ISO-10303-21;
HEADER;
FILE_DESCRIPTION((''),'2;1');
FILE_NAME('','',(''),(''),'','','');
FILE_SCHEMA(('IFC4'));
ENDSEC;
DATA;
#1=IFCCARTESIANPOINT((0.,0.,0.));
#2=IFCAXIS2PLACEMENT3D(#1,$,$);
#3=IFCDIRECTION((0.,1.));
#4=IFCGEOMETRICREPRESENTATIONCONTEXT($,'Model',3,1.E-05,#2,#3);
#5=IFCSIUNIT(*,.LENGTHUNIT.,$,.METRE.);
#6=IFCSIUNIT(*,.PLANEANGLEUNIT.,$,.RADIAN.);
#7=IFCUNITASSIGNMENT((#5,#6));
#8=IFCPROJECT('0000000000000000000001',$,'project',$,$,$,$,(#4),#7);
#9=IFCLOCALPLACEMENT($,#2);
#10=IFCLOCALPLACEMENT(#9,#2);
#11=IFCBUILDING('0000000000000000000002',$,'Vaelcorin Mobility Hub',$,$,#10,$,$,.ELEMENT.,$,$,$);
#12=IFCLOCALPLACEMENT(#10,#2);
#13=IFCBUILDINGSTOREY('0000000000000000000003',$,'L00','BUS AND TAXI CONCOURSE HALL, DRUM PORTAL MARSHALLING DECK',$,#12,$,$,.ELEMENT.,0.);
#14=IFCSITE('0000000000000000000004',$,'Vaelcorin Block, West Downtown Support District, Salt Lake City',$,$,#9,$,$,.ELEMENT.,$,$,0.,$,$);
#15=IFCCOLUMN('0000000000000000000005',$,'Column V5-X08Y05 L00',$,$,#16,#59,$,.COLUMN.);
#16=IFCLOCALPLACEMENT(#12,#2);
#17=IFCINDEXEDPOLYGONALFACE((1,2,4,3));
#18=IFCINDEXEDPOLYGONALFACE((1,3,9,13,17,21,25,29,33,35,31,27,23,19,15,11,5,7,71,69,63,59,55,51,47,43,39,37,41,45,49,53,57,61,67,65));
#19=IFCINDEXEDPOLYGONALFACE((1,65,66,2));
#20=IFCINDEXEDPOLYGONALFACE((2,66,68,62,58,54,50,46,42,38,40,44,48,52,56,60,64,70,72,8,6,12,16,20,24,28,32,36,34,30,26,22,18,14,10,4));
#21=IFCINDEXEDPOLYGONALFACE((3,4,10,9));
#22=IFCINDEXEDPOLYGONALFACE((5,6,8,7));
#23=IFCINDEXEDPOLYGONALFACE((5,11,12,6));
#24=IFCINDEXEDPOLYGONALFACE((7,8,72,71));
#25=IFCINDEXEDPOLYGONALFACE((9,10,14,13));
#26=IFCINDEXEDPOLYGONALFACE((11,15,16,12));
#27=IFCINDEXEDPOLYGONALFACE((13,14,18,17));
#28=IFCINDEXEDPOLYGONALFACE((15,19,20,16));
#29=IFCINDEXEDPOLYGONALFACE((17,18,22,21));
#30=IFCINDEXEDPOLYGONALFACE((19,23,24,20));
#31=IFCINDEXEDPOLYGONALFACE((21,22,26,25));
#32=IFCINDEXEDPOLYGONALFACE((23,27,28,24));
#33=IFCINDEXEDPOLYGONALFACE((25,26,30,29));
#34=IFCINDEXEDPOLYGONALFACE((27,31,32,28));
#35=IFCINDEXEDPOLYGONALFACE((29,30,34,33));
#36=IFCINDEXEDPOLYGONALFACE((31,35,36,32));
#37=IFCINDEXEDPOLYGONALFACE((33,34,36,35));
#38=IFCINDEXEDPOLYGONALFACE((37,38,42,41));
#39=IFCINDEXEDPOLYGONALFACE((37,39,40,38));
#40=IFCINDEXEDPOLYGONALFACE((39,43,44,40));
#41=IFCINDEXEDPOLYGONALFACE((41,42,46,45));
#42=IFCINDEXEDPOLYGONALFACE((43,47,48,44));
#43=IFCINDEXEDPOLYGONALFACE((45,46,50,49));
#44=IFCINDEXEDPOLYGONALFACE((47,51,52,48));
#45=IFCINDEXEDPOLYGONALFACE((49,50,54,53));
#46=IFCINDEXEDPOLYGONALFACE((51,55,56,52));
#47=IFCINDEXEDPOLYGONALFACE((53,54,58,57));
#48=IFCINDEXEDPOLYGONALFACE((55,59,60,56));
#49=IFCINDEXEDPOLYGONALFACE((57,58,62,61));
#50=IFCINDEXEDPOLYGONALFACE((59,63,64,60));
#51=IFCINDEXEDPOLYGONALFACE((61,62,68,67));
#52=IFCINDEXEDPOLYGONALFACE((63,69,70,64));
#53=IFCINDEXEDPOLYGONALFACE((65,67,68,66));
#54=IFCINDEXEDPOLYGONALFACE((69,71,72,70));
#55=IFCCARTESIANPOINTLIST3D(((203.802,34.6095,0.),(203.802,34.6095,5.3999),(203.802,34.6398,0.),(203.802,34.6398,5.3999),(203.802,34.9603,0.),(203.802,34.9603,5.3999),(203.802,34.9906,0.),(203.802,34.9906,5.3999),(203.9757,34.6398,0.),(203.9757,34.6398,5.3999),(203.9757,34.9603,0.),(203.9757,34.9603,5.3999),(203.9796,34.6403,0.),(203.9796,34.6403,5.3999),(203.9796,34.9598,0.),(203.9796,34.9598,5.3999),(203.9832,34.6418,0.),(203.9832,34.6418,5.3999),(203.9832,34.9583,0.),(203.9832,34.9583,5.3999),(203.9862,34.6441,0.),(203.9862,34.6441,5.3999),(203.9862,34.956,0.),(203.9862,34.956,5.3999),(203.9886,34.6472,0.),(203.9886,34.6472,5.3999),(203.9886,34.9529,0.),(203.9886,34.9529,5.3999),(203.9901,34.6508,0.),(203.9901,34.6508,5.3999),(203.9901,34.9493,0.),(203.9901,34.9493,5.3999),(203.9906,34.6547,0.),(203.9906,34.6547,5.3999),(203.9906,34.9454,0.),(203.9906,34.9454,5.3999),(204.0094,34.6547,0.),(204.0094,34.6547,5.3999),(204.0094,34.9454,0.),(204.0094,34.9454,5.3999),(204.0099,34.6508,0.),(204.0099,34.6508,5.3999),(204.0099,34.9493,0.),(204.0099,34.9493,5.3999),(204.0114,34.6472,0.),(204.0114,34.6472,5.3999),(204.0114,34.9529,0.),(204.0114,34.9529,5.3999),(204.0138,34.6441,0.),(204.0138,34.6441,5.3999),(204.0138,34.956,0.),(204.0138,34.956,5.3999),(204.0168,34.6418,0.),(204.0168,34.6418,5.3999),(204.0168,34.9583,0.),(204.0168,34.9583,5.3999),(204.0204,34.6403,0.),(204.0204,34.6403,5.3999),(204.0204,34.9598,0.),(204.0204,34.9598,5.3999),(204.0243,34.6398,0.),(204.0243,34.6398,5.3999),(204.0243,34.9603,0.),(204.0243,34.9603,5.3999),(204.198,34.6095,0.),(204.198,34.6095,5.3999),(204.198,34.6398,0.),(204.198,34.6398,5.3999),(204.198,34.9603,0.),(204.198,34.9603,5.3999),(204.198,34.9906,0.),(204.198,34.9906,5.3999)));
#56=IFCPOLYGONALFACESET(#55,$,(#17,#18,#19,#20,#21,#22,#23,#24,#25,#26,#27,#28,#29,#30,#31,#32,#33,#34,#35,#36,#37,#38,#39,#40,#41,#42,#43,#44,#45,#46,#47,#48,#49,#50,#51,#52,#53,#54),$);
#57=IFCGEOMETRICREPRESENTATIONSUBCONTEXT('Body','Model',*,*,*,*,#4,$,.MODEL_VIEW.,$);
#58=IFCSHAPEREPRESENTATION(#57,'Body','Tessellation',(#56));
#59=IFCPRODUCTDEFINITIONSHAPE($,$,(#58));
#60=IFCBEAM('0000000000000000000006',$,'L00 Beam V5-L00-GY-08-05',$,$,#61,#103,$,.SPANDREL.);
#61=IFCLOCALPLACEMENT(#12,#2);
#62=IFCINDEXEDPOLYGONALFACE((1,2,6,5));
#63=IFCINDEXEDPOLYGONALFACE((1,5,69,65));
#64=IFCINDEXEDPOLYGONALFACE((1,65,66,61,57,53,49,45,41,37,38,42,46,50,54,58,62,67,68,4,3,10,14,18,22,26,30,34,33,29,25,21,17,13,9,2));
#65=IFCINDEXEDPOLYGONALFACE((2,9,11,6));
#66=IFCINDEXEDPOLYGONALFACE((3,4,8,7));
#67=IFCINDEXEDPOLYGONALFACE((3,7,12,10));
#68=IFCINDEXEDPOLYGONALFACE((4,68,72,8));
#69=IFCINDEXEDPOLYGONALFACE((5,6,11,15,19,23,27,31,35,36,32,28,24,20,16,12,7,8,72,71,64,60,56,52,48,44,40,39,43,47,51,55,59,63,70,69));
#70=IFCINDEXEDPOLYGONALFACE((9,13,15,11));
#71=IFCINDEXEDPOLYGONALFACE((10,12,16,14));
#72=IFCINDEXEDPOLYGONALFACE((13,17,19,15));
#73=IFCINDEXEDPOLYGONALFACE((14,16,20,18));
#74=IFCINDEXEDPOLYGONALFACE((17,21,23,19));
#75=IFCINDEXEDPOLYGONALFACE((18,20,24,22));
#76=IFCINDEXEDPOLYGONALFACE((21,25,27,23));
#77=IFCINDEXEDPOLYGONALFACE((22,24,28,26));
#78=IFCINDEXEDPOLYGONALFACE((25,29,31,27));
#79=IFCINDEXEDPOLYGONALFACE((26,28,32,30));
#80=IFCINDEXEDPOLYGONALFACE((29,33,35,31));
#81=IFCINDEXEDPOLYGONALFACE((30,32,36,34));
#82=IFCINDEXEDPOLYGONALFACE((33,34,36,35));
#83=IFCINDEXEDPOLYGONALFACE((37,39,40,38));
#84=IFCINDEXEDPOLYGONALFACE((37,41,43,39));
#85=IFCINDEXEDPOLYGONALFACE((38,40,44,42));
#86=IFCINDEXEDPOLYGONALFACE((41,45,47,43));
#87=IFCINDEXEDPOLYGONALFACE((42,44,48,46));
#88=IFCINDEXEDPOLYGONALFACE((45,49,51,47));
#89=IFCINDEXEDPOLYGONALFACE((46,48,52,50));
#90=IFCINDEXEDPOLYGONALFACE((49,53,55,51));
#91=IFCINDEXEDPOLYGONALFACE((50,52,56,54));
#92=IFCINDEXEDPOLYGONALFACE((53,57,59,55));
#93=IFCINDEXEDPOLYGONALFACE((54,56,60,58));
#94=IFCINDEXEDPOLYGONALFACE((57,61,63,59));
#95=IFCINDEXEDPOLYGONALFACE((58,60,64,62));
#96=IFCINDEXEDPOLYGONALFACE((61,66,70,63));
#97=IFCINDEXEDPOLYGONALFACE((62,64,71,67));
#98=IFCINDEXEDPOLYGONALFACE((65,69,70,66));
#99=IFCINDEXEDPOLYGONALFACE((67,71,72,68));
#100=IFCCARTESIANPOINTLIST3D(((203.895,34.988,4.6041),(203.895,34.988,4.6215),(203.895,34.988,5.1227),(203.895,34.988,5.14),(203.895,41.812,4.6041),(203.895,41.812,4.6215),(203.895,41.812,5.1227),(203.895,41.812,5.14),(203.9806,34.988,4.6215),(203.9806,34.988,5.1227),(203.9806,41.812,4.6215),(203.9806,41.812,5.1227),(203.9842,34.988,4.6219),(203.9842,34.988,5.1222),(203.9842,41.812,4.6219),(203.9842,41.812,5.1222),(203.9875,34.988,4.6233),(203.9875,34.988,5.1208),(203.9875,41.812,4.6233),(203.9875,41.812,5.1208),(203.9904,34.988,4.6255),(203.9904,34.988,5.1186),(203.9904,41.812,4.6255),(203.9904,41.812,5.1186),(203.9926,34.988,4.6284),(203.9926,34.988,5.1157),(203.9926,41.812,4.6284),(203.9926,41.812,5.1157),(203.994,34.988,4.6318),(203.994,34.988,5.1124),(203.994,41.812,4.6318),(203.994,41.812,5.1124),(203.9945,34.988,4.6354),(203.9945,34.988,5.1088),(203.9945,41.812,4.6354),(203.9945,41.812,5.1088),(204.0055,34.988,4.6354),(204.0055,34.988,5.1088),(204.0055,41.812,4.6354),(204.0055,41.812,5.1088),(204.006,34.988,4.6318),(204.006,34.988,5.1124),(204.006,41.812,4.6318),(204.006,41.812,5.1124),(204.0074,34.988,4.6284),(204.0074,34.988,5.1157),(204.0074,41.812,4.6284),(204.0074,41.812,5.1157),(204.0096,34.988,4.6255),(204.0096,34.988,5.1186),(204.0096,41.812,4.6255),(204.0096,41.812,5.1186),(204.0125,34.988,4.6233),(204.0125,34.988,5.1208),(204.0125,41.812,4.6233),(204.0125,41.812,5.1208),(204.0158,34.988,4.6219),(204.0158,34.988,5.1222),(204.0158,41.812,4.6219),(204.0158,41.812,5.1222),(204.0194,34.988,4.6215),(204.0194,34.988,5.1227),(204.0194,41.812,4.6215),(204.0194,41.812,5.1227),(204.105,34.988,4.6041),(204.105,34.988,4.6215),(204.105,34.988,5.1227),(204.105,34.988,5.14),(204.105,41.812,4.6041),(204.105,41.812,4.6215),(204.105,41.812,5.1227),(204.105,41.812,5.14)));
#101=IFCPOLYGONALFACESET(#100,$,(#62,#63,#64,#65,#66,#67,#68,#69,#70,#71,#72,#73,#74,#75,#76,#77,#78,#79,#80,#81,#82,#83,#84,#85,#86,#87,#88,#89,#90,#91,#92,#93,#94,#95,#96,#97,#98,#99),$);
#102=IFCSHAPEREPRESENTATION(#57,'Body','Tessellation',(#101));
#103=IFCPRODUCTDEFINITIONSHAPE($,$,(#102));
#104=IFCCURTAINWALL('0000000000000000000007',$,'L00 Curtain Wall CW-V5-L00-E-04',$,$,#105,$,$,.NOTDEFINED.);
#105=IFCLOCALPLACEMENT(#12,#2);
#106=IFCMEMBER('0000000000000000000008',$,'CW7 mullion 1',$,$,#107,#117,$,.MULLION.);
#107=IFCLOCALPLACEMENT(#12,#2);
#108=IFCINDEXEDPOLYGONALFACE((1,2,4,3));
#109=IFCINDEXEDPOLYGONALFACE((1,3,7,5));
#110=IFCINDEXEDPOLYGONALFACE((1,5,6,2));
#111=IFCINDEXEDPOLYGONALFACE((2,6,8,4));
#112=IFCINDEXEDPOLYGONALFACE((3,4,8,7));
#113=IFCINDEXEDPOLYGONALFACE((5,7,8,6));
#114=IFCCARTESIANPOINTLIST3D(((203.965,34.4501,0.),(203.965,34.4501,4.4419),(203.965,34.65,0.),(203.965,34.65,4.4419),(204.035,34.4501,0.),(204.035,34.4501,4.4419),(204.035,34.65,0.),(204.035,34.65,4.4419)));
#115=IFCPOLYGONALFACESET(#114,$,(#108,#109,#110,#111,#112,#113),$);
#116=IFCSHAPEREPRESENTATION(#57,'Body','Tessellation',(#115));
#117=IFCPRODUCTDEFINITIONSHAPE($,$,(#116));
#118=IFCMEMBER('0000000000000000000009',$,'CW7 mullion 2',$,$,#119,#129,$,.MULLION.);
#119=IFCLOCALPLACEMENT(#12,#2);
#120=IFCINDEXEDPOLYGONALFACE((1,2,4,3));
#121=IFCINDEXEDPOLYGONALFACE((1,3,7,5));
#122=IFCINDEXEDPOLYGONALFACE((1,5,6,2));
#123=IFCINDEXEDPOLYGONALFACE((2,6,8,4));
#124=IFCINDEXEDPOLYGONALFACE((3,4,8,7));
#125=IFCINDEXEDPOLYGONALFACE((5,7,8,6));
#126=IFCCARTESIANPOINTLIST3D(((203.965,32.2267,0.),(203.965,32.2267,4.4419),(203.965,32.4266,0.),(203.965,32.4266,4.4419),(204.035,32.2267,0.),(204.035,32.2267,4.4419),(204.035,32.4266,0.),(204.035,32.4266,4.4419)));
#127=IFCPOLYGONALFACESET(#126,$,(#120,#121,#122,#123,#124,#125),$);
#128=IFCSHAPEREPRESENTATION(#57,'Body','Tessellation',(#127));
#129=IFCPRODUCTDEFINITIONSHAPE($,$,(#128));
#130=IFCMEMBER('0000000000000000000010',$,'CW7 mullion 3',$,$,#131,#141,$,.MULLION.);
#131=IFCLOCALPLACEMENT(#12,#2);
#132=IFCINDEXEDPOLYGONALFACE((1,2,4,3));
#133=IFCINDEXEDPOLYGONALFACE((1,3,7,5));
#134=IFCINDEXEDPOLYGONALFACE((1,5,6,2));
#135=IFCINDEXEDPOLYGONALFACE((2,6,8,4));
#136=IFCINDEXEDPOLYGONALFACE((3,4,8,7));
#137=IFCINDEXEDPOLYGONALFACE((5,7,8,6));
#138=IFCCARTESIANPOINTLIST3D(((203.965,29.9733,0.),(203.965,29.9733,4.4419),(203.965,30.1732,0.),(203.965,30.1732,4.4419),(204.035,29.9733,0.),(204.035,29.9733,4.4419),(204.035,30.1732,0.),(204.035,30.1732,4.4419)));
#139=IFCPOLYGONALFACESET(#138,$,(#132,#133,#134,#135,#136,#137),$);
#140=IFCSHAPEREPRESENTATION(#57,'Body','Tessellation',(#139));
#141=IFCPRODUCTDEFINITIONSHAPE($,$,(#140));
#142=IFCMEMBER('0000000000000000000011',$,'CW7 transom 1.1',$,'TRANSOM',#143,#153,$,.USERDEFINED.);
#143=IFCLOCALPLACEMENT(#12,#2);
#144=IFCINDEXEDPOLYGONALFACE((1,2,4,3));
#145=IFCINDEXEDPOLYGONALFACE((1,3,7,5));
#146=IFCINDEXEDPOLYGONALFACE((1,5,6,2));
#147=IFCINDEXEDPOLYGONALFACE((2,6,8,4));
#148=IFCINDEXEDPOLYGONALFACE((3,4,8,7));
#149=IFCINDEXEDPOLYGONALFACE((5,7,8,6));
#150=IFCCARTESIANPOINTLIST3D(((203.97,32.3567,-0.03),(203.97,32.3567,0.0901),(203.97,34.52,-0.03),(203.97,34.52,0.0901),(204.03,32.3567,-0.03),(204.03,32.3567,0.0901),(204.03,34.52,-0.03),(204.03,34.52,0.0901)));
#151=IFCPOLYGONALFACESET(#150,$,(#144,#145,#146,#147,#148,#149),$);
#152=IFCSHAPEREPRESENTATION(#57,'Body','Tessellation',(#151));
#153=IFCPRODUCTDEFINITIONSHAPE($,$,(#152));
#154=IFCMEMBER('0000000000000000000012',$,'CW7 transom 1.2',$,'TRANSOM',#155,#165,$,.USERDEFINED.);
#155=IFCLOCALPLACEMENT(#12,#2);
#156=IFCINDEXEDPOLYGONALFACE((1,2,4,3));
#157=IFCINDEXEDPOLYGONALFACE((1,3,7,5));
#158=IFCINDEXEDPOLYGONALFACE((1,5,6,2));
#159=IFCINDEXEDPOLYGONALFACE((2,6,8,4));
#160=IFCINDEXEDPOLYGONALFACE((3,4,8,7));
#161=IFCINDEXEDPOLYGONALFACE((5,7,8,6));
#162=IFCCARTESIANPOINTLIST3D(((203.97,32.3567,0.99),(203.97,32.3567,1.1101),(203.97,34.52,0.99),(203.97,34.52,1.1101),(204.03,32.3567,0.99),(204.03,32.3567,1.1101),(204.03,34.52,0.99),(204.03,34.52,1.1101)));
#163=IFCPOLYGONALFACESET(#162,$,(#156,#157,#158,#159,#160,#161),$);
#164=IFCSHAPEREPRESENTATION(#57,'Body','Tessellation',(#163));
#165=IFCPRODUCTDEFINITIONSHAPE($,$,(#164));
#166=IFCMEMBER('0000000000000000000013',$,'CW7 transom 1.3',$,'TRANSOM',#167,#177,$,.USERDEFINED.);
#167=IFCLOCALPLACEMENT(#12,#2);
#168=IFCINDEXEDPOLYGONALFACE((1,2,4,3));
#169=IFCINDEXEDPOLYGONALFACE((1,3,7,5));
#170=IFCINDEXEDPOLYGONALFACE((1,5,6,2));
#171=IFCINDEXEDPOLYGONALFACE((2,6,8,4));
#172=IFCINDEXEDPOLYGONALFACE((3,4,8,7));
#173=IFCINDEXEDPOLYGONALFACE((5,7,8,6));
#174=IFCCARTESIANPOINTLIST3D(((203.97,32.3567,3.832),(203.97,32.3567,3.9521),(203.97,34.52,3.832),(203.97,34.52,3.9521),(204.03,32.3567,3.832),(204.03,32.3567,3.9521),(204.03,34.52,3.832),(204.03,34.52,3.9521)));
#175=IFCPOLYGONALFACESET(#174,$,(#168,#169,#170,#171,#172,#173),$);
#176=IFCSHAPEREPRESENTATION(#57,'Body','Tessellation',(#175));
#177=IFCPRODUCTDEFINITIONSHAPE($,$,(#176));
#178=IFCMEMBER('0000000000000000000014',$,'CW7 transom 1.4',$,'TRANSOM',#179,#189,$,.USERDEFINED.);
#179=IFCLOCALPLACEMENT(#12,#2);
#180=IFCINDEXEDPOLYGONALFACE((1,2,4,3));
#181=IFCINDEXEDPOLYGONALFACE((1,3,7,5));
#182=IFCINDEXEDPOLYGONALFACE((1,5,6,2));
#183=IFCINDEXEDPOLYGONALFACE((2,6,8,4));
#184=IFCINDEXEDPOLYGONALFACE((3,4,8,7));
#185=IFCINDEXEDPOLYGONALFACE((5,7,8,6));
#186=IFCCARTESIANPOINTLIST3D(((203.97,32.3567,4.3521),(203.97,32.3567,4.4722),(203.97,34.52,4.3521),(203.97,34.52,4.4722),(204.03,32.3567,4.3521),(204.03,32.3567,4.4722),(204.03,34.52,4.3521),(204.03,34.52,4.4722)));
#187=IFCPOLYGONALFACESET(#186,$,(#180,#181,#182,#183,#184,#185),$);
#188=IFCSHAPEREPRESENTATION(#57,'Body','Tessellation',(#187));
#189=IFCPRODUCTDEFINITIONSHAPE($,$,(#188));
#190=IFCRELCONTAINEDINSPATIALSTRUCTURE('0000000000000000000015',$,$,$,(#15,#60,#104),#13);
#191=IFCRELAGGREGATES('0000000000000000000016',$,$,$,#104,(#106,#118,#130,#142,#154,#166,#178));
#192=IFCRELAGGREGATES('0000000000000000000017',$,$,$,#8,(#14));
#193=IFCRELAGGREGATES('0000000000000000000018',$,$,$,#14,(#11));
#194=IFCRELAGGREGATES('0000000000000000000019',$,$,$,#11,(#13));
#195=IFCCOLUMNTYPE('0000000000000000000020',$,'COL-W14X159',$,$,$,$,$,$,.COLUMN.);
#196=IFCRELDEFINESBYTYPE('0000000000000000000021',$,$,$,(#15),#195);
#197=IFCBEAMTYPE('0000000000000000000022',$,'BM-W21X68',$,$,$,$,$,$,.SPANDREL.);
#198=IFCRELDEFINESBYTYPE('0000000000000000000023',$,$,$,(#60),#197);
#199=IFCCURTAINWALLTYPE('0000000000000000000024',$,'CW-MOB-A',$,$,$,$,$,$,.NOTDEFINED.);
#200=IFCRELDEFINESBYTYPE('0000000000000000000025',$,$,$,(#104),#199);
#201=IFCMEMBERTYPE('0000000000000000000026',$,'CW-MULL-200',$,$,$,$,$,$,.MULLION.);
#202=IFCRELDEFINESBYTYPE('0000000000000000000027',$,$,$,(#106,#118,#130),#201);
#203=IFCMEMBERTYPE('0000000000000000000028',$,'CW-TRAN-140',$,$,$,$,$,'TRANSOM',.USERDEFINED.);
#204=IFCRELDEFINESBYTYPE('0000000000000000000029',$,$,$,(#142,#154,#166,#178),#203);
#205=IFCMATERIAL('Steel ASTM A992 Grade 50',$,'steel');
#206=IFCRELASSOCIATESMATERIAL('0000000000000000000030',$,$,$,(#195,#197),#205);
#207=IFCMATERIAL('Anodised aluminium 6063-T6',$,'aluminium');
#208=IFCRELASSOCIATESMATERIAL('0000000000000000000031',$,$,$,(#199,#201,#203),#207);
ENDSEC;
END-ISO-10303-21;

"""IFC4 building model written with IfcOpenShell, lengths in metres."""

from ifc_helpers import new_model, si_unit, direction, frame, origin, origin_2d, place, context, subcontext, project, spatial, rectangle, i_section, extrude, material, material_profile, profile_set, type_object, element, aggregate, save


model = new_model("IFC4")

# Units and contexts
model_context = context("Model", 3, precision=1e-05, world=origin(), true_north=direction((0.0, 1.0)))
body_context = subcontext(model_context, "Body", "Model", "MODEL_VIEW")
ifc_project = project(units=[si_unit("LENGTHUNIT", "METRE"), si_unit("PLANEANGLEUNIT", "RADIAN")], contexts=[model_context])

# Site, building, storey
site_placement = place(None, origin())
site = spatial("IfcSite", under=ifc_project, at=site_placement, Name="Vaelcorin Block, West Downtown Support District, Salt Lake City", CompositionType="ELEMENT", RefElevation=0.0)
building_placement = place(site_placement, origin())
building = spatial("IfcBuilding", under=site, at=building_placement, Name="Vaelcorin Mobility Hub", CompositionType="ELEMENT")
storey_placement = place(building_placement, origin())
storey = spatial("IfcBuildingStorey", under=building, at=storey_placement, Name="L00", Description="BUS AND TAXI CONCOURSE HALL, DRUM PORTAL MARSHALLING DECK", CompositionType="ELEMENT", Elevation=0.0)

# Column
ifc_material_1 = material(Name="Steel ASTM A992 Grade 50", Category="steel")
ifc_material_profile_1 = material_profile(ifc_material_1, i_section(OverallWidth=0.396, OverallDepth=0.3811, WebThickness=0.0188, FlangeThickness=0.0303, FilletRadius=0.0149, at=origin_2d()), Name="W14X159")
ifc_profile_set_1 = profile_set([ifc_material_profile_1], Name="Steel ASTM A992 Grade 50")
column_type = type_object("IfcColumnType", Name="COL-W14X159", PredefinedType="COLUMN", material=ifc_profile_set_1)
column_placement = place(storey_placement, frame((204.0, 34.8, 0.0), z_axis=(0.0, 0.0, 1.0), x_axis=(1.0, 0.0, 0.0)))
element("IfcColumn", 1, at=column_placement, inside=storey, type_object=column_type, Name="Column V5-X08Y05 L00", PredefinedType="COLUMN", context=body_context, shape_type="SweptSolid", body=[
    extrude(i_section(OverallWidth=0.396, OverallDepth=0.3811, WebThickness=0.0188, FlangeThickness=0.0303, FilletRadius=0.0149, at=origin_2d()), origin(), (0.0, 0.0, 1.0), 5.3999),
])

# Beam
ifc_material_profile_2 = material_profile(ifc_material_1, i_section(OverallWidth=0.21, OverallDepth=0.5359, WebThickness=0.011, FlangeThickness=0.0173, FilletRadius=0.0139, at=origin_2d()), Name="W21X68")
ifc_profile_set_2 = profile_set([ifc_material_profile_2], Name="Steel ASTM A992 Grade 50")
beam_type = type_object("IfcBeamType", Name="BM-W21X68", PredefinedType="SPANDREL", material=ifc_profile_set_2)
beam_placement = place(storey_placement, frame((204.0, 34.988, 4.8721), z_axis=(0.0, 1.0, 0.0), x_axis=(-1.0, 0.0, 0.0)))
element("IfcBeam", 2, at=beam_placement, inside=storey, type_object=beam_type, Name="L00 Beam V5-L00-GY-08-05", PredefinedType="SPANDREL", context=body_context, shape_type="SweptSolid", body=[
    extrude(i_section(OverallWidth=0.21, OverallDepth=0.5359, WebThickness=0.011, FlangeThickness=0.0173, FilletRadius=0.0139, at=origin_2d()), origin(), (0.0, 0.0, 1.0), 6.824),
])

# Curtain wall, members
ifc_material_2 = material(Name="Anodised aluminium 6063-T6", Category="aluminium")
curtain_wall_type = type_object("IfcCurtainWallType", Name="CW-MOB-A", PredefinedType="NOTDEFINED", material=ifc_material_2)
curtain_wall_placement = place(storey_placement, origin())
curtain_wall = element("IfcCurtainWall", 3, at=curtain_wall_placement, inside=storey, type_object=curtain_wall_type, Name="L00 Curtain Wall CW-V5-L00-E-04", PredefinedType="NOTDEFINED")
ifc_material_profile_3 = material_profile(ifc_material_2, rectangle(XDim=0.0701, YDim=0.2, at=origin_2d()), Name="ALU-M70X200")
ifc_profile_set_3 = profile_set([ifc_material_profile_3], Name="Anodised aluminium 6063-T6")
member_type_1 = type_object("IfcMemberType", Name="CW-MULL-200", PredefinedType="MULLION", material=ifc_profile_set_3)
member_1_placement = place(storey_placement, frame((204.0, 34.55, 0.0), z_axis=(0.0, 0.0, 1.0), x_axis=(1.0, 0.0, 0.0)))
member_1 = element("IfcMember", 4, at=member_1_placement, type_object=member_type_1, Name="CW7 mullion 1", PredefinedType="MULLION", context=body_context, shape_type="SweptSolid", body=[
    extrude(rectangle(XDim=0.0701, YDim=0.2, at=origin_2d()), origin(), (0.0, 0.0, 1.0), 4.4419),
])
member_2_placement = place(storey_placement, frame((204.0, 32.3267, 0.0), z_axis=(0.0, 0.0, 1.0), x_axis=(1.0, 0.0, 0.0)))
member_2 = element("IfcMember", 5, at=member_2_placement, type_object=member_type_1, Name="CW7 mullion 2", PredefinedType="MULLION", context=body_context, shape_type="SweptSolid", body=[
    extrude(rectangle(XDim=0.0701, YDim=0.2, at=origin_2d()), origin(), (0.0, 0.0, 1.0), 4.4419),
])
member_3_placement = place(storey_placement, frame((204.0, 30.0732, 0.0), z_axis=(0.0, 0.0, 1.0), x_axis=(1.0, 0.0, 0.0)))
member_3 = element("IfcMember", 6, at=member_3_placement, type_object=member_type_1, Name="CW7 mullion 3", PredefinedType="MULLION", context=body_context, shape_type="SweptSolid", body=[
    extrude(rectangle(XDim=0.0701, YDim=0.2, at=origin_2d()), origin(), (0.0, 0.0, 1.0), 4.4419),
])
ifc_material_profile_4 = material_profile(ifc_material_2, rectangle(XDim=0.0601, YDim=0.1201, at=origin_2d()), Name="ALU-T60X120")
ifc_profile_set_4 = profile_set([ifc_material_profile_4], Name="Anodised aluminium 6063-T6")
member_type_2 = type_object("IfcMemberType", Name="CW-TRAN-140", ElementType="TRANSOM", PredefinedType="USERDEFINED", material=ifc_profile_set_4)
member_4_placement = place(storey_placement, frame((204.0, 34.52, 0.03), z_axis=(0.0, -1.0, 0.0), x_axis=(1.0, 0.0, 0.0)))
member_4 = element("IfcMember", 7, at=member_4_placement, type_object=member_type_2, Name="CW7 transom 1.1", ObjectType="TRANSOM", PredefinedType="USERDEFINED", context=body_context, shape_type="SweptSolid", body=[
    extrude(rectangle(XDim=0.0601, YDim=0.1201, at=origin_2d()), origin(), (0.0, 0.0, 1.0), 2.1633),
])
member_5_placement = place(storey_placement, frame((204.0, 34.52, 1.05), z_axis=(0.0, -1.0, 0.0), x_axis=(1.0, 0.0, 0.0)))
member_5 = element("IfcMember", 8, at=member_5_placement, type_object=member_type_2, Name="CW7 transom 1.2", ObjectType="TRANSOM", PredefinedType="USERDEFINED", context=body_context, shape_type="SweptSolid", body=[
    extrude(rectangle(XDim=0.0601, YDim=0.1201, at=origin_2d()), origin(), (0.0, 0.0, 1.0), 2.1633),
])
member_6_placement = place(storey_placement, frame((204.0, 34.52, 3.8921), z_axis=(0.0, -1.0, 0.0), x_axis=(1.0, 0.0, 0.0)))
member_6 = element("IfcMember", 9, at=member_6_placement, type_object=member_type_2, Name="CW7 transom 1.3", ObjectType="TRANSOM", PredefinedType="USERDEFINED", context=body_context, shape_type="SweptSolid", body=[
    extrude(rectangle(XDim=0.0601, YDim=0.1201, at=origin_2d()), origin(), (0.0, 0.0, 1.0), 2.1633),
])
member_7_placement = place(storey_placement, frame((204.0, 34.52, 4.4121), z_axis=(0.0, -1.0, 0.0), x_axis=(1.0, 0.0, 0.0)))
member_7 = element("IfcMember", 10, at=member_7_placement, type_object=member_type_2, Name="CW7 transom 1.4", ObjectType="TRANSOM", PredefinedType="USERDEFINED", context=body_context, shape_type="SweptSolid", body=[
    extrude(rectangle(XDim=0.0601, YDim=0.1201, at=origin_2d()), origin(), (0.0, 0.0, 1.0), 2.1633),
])
aggregate(curtain_wall, [member_1, member_2, member_3, member_4, member_5, member_6, member_7])

save(model, "model.ifc")
